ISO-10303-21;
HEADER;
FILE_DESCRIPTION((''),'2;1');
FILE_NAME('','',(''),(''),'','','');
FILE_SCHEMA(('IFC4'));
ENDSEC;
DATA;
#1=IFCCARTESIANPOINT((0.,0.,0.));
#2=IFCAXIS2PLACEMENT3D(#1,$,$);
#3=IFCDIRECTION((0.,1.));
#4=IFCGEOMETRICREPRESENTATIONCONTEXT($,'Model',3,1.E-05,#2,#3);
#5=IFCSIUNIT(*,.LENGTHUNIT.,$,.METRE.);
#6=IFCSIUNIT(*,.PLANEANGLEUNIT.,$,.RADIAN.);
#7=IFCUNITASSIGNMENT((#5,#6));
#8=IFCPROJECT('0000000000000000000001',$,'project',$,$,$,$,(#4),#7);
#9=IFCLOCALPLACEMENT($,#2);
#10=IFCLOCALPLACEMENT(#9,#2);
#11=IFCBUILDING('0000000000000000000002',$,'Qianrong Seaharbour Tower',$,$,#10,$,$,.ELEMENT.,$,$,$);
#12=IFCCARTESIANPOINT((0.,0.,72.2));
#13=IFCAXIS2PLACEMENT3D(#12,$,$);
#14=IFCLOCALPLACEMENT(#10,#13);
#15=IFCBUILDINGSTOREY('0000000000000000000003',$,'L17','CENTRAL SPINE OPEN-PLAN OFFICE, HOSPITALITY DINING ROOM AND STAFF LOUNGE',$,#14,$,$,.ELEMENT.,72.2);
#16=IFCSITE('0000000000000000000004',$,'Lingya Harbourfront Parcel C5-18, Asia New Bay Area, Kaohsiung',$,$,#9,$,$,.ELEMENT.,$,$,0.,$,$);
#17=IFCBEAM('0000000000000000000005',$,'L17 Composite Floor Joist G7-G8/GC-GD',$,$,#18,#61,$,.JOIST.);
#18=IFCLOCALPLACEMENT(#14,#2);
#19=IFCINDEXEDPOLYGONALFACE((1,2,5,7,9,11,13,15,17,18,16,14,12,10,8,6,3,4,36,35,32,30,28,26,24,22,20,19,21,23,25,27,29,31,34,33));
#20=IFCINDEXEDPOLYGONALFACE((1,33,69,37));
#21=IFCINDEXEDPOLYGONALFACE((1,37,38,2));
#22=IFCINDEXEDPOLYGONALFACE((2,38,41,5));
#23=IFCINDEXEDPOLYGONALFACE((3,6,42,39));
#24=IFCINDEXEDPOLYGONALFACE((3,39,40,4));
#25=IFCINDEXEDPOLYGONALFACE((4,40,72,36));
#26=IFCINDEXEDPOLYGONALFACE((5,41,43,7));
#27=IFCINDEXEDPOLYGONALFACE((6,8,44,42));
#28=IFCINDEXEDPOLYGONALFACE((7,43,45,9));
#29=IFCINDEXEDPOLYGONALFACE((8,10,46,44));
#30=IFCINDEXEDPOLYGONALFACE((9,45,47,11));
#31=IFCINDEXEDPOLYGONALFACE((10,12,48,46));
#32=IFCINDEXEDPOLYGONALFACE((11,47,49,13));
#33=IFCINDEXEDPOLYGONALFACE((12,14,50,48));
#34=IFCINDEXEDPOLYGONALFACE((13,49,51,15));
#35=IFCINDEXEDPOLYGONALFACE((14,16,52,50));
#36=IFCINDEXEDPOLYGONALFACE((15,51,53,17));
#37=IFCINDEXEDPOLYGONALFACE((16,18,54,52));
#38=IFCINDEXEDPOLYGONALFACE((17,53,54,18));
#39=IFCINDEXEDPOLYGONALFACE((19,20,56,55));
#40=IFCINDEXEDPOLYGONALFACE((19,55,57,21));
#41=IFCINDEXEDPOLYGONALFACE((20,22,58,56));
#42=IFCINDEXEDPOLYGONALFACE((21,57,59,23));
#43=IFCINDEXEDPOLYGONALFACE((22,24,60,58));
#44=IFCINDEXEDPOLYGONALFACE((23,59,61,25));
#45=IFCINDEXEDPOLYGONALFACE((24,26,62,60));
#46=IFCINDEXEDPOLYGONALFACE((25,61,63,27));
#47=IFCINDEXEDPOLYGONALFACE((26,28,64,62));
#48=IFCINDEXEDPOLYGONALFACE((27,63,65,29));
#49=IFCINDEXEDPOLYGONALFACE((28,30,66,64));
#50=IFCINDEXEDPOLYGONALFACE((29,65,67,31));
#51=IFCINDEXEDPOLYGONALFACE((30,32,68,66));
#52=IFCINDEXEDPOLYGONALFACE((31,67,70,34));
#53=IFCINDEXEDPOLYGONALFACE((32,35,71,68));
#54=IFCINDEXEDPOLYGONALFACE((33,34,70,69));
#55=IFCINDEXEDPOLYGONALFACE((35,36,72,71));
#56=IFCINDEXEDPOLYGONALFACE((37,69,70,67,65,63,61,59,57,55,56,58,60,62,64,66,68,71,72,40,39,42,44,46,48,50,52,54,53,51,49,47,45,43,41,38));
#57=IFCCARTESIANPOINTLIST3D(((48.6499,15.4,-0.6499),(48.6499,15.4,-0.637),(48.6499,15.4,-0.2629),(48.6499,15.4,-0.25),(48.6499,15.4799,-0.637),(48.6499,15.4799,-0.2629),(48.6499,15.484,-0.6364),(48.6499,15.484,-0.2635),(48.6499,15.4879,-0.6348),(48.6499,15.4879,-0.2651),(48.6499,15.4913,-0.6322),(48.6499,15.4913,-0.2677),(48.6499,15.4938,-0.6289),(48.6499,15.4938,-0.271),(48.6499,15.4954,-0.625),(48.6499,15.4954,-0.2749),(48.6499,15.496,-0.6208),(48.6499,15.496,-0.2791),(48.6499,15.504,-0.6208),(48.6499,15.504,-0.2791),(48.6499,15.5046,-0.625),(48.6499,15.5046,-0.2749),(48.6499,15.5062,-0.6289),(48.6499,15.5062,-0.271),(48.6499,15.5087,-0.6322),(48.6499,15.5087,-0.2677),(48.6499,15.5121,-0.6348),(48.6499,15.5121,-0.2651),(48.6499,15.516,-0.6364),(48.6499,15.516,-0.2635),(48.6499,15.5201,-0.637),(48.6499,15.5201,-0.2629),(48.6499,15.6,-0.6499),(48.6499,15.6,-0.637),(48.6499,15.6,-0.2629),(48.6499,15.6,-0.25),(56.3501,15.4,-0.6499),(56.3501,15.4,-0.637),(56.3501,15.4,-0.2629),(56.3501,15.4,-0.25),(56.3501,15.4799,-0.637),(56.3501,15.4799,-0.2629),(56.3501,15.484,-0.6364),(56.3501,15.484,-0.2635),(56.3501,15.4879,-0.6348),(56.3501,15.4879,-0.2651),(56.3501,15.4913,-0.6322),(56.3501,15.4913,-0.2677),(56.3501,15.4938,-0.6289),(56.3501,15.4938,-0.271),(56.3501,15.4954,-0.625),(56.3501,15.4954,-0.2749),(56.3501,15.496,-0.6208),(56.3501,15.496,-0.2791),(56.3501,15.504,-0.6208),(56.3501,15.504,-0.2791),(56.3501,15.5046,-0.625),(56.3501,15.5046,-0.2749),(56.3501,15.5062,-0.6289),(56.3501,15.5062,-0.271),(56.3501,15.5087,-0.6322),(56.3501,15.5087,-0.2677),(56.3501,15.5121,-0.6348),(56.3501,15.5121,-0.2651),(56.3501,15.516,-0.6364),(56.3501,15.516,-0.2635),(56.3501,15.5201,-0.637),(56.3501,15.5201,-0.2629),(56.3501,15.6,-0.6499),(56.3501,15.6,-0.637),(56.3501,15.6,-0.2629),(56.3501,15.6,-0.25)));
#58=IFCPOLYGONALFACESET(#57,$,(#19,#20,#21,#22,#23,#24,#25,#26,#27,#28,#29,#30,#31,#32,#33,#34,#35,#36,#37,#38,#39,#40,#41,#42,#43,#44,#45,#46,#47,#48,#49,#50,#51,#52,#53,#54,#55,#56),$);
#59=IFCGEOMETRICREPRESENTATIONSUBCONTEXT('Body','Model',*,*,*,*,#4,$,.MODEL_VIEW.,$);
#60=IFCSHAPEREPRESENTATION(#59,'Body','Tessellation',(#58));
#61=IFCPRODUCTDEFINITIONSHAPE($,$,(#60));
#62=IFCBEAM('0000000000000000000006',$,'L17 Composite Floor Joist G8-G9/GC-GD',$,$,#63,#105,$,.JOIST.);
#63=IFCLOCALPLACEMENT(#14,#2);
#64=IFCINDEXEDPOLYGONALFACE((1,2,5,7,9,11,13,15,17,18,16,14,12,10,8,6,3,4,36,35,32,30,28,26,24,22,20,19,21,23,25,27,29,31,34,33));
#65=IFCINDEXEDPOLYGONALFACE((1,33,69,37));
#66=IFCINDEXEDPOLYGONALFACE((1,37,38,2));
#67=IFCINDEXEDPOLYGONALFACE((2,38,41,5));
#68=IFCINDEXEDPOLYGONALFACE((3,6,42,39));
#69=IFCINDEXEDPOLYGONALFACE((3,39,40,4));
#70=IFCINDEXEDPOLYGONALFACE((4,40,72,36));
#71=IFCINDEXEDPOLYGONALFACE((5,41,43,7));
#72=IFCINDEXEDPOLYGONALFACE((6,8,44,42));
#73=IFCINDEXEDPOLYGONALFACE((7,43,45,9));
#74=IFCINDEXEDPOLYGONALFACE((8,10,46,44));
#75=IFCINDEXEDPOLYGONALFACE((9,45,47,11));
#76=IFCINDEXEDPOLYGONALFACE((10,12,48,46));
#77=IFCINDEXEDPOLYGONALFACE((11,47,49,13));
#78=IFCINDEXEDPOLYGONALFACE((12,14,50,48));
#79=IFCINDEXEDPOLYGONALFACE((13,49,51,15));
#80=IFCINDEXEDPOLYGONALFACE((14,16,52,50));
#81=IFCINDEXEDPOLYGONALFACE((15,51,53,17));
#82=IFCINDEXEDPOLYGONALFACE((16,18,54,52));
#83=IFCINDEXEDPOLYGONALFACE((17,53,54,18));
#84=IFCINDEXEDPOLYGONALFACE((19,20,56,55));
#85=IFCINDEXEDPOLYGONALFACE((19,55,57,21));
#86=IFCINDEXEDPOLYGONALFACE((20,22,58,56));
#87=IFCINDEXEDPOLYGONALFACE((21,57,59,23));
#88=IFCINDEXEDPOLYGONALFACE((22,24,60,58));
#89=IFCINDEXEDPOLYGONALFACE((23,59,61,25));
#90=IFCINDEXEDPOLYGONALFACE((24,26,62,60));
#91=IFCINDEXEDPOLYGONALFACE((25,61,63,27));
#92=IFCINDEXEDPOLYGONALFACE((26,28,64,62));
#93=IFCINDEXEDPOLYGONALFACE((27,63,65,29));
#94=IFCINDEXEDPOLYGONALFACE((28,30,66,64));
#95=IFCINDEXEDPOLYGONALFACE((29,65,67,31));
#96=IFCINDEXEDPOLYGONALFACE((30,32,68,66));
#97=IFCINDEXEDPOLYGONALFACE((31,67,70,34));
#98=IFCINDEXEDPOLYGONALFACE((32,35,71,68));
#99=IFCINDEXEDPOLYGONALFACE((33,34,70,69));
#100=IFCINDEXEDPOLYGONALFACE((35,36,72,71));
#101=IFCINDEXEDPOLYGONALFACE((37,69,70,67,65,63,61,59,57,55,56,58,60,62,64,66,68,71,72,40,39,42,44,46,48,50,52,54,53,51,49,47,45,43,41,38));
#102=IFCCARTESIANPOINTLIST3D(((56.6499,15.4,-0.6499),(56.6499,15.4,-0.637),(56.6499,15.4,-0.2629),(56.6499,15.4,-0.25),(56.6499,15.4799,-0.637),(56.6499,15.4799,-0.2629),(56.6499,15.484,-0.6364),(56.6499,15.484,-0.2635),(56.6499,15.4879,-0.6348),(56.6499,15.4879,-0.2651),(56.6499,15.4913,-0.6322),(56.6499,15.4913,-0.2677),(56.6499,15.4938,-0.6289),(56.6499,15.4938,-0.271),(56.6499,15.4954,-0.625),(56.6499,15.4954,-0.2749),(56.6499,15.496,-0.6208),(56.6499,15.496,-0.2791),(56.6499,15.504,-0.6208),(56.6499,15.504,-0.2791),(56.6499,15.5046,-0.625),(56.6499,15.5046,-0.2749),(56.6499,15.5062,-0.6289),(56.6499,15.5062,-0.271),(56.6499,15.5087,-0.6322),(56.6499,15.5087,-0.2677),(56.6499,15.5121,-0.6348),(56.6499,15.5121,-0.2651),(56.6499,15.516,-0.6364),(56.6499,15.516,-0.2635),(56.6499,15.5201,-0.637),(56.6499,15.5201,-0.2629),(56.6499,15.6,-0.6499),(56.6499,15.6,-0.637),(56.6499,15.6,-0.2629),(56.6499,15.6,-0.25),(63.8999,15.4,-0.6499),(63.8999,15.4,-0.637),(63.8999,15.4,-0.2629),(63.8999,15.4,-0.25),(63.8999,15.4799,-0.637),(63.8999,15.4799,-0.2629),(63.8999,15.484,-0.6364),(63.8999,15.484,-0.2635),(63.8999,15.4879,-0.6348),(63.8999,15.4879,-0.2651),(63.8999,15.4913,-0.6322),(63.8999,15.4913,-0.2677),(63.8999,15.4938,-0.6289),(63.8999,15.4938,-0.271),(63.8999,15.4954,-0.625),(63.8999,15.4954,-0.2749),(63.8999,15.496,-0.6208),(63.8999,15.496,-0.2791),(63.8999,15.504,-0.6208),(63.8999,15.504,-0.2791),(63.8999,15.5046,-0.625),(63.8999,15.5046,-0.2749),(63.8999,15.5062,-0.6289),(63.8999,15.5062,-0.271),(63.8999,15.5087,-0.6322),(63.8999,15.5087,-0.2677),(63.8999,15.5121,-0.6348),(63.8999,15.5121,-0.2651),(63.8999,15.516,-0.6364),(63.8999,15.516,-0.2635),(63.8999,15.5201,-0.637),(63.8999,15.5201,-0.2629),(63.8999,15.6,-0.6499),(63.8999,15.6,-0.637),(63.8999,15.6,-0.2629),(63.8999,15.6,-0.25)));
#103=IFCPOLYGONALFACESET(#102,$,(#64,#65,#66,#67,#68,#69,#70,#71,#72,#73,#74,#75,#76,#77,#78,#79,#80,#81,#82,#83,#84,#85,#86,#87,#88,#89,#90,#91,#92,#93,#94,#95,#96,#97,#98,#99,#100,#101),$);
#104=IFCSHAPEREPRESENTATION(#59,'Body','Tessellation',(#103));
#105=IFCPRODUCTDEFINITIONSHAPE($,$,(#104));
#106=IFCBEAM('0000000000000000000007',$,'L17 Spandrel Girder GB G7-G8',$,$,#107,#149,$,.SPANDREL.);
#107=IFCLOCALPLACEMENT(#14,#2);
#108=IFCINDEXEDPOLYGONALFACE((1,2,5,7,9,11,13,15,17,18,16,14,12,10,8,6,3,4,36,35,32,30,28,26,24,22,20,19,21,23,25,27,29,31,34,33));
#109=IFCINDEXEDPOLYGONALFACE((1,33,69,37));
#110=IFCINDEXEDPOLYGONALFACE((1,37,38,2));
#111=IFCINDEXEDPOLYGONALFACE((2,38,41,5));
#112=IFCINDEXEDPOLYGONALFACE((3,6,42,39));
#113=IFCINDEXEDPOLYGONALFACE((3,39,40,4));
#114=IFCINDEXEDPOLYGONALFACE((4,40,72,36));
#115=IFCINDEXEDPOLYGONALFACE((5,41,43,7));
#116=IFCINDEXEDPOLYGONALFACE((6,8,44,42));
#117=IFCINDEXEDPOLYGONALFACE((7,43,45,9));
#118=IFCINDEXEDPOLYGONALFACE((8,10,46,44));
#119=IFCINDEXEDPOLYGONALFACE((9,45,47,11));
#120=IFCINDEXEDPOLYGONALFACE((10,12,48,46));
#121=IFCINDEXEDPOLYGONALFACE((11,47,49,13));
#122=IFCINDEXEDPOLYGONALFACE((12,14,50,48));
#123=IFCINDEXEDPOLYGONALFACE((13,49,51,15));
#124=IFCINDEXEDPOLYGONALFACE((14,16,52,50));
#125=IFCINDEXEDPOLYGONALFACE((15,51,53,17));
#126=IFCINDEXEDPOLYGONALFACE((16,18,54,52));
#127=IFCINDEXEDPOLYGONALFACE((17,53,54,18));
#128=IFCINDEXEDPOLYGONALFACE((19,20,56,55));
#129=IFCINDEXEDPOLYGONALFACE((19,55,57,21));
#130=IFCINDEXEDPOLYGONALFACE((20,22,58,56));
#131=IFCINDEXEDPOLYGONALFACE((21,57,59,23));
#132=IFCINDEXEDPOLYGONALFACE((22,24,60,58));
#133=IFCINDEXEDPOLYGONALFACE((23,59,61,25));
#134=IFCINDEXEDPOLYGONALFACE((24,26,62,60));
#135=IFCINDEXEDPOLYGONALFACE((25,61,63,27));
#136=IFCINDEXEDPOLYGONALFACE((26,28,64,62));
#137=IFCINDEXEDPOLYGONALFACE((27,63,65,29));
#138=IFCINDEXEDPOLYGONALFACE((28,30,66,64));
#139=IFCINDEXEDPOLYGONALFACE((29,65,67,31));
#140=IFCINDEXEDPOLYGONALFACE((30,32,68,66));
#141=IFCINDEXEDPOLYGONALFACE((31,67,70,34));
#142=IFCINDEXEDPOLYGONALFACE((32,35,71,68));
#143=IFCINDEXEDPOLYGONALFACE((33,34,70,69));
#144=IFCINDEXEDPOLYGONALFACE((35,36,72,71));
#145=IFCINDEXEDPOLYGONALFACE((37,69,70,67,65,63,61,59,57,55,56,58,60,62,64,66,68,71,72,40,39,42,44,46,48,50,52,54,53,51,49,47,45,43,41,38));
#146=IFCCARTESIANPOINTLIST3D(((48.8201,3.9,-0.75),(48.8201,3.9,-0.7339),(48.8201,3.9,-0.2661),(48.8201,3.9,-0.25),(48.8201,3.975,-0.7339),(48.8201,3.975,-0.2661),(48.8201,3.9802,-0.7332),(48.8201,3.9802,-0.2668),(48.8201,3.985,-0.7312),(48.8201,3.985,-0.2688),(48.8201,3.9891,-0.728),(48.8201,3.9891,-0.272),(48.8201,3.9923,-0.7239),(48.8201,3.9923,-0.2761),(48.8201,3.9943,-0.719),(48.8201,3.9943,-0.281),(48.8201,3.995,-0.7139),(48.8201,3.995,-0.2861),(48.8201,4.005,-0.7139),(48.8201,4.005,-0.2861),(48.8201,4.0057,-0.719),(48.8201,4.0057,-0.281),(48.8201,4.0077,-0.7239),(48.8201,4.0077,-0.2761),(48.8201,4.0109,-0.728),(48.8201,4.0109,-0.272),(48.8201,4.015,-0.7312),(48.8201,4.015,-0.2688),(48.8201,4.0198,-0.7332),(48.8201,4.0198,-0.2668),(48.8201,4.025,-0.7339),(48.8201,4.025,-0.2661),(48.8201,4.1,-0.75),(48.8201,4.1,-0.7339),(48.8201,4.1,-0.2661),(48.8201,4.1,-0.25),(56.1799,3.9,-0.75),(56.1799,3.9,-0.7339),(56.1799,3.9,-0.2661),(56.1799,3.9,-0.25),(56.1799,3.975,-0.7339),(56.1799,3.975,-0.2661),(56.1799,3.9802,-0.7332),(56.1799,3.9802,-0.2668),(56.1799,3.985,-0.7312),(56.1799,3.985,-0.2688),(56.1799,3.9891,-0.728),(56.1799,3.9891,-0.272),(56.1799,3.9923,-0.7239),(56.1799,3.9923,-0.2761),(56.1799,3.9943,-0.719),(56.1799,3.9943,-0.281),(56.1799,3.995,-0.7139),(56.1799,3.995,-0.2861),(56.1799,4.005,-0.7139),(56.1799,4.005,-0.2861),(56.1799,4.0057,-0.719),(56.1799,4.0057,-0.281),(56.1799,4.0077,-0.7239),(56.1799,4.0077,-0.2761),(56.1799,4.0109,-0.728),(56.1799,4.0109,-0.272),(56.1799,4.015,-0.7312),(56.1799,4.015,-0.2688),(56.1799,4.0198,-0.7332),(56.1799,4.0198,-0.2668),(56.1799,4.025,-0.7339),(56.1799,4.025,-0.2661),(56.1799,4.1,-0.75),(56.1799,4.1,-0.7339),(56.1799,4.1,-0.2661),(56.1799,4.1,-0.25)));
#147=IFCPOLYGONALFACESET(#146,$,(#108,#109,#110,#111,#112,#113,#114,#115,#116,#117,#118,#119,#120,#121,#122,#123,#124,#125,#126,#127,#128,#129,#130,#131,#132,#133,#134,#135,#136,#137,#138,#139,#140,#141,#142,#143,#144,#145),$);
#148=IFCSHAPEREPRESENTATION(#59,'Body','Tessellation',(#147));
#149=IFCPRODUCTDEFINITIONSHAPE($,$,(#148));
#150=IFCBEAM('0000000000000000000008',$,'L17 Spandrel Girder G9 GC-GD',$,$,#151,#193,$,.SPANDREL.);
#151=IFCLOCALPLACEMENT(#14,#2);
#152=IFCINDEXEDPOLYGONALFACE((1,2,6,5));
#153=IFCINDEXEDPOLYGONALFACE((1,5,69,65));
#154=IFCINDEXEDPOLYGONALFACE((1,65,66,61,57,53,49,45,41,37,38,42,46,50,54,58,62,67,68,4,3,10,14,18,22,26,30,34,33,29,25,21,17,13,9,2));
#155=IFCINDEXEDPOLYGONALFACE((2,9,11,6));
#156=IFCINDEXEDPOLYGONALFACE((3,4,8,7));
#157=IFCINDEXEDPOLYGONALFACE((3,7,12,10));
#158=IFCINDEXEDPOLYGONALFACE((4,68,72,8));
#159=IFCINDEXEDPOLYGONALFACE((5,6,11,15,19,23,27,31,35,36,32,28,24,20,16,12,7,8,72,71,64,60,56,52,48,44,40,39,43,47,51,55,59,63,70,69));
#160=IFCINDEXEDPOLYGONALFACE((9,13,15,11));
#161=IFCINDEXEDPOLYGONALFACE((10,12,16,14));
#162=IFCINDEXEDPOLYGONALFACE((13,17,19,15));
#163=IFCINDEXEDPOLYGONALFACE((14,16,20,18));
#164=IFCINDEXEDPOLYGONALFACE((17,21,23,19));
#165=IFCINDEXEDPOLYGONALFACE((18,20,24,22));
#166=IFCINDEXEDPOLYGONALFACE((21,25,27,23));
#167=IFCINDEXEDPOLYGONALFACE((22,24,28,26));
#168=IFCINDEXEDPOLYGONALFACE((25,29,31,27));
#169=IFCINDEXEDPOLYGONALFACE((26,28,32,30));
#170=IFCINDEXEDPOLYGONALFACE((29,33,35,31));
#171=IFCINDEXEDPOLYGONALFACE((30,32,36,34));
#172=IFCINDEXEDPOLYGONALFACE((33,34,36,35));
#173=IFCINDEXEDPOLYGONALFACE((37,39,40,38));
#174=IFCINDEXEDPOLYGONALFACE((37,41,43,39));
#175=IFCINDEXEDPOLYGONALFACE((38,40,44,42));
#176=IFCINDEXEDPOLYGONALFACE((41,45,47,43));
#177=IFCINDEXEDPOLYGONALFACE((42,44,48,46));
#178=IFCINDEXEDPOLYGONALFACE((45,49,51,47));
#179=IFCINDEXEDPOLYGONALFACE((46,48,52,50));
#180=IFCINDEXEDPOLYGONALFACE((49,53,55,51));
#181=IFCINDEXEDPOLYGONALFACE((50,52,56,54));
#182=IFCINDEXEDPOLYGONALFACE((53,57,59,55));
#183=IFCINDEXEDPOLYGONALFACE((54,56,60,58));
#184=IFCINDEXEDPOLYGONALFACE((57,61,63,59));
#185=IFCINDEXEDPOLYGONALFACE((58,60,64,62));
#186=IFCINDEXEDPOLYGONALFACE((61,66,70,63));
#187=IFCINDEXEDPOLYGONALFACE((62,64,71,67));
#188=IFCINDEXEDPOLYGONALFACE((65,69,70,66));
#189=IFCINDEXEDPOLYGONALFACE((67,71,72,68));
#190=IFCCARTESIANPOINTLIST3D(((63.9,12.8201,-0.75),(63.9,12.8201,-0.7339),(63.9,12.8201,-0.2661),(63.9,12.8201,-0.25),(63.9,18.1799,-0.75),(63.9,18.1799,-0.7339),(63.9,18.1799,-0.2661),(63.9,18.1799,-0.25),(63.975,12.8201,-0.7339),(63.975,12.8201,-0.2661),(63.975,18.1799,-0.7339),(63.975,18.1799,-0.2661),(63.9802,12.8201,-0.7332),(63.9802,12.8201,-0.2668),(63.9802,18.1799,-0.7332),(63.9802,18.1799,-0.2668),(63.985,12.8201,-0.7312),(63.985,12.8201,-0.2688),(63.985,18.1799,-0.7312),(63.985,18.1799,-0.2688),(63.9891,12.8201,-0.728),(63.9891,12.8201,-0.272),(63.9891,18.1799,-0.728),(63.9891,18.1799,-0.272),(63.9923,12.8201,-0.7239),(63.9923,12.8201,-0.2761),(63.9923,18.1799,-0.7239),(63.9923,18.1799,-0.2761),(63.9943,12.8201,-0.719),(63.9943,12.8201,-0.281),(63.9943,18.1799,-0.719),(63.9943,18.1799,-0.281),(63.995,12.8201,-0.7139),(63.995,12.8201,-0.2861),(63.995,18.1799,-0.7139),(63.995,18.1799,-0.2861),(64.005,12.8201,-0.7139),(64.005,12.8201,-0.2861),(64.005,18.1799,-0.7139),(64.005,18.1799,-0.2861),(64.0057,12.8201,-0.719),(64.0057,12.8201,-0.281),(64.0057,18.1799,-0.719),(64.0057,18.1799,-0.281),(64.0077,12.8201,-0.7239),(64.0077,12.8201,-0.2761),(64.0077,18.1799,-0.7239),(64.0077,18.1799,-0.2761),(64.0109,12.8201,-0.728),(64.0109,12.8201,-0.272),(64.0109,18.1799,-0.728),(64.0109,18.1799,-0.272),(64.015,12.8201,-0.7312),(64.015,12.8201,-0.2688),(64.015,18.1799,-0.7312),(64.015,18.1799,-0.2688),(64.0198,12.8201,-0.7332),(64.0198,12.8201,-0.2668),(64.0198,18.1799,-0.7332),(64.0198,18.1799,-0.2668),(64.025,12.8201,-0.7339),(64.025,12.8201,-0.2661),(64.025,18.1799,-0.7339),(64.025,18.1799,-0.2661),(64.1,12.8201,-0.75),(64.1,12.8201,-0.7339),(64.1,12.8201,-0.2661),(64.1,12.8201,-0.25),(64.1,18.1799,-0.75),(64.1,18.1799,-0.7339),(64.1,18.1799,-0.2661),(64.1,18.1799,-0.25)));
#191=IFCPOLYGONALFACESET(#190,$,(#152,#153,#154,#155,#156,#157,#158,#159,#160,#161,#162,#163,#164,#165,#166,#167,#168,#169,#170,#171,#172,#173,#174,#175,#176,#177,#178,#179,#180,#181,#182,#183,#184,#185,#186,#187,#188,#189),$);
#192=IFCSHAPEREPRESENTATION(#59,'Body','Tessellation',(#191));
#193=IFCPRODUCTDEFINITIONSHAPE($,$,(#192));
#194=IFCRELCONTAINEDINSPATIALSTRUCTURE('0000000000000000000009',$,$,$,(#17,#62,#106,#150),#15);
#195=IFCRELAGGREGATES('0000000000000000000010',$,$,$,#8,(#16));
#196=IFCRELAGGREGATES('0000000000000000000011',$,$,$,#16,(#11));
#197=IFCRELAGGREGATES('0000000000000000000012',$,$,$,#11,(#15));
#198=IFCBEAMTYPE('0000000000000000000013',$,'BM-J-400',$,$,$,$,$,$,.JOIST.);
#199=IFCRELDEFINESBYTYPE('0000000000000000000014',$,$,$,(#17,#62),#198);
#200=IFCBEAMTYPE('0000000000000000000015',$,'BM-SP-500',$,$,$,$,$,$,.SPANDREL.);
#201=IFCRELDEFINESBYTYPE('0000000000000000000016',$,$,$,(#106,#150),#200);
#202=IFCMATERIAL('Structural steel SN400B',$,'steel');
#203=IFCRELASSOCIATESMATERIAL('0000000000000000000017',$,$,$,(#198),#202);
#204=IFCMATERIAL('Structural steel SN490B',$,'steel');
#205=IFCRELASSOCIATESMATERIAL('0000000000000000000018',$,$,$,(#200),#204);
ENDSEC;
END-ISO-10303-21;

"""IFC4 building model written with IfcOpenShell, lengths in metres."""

from ifc_helpers import new_model, si_unit, direction, frame, origin, origin_2d, place, context, subcontext, project, spatial, i_section, extrude, material, material_profile, profile_set, type_object, element, save


model = new_model("IFC4")

# Units and contexts
model_context = context("Model", 3, precision=1e-05, world=origin(), true_north=direction((0.0, 1.0)))
body_context = subcontext(model_context, "Body", "Model", "MODEL_VIEW")
ifc_project = project(units=[si_unit("LENGTHUNIT", "METRE"), si_unit("PLANEANGLEUNIT", "RADIAN")], contexts=[model_context])

# Site, building, storey
site_placement = place(None, origin())
site = spatial("IfcSite", under=ifc_project, at=site_placement, Name="Lingya Harbourfront Parcel C5-18, Asia New Bay Area, Kaohsiung", CompositionType="ELEMENT", RefElevation=0.0)
building_placement = place(site_placement, origin())
building = spatial("IfcBuilding", under=site, at=building_placement, Name="Qianrong Seaharbour Tower", CompositionType="ELEMENT")
storey_placement = place(building_placement, frame((0.0, 0.0, 72.2)))
storey = spatial("IfcBuildingStorey", under=building, at=storey_placement, Name="L17", Description="CENTRAL SPINE OPEN-PLAN OFFICE, HOSPITALITY DINING ROOM AND STAFF LOUNGE", CompositionType="ELEMENT", Elevation=72.2)

# Shared definitions
ifc_material_1 = material(Name="Structural steel SN490B", Category="steel")

# Beams
ifc_material_2 = material(Name="Structural steel SN400B", Category="steel")
ifc_material_profile_1 = material_profile(ifc_material_2, i_section(OverallWidth=0.2, OverallDepth=0.3999, WebThickness=0.0081, FlangeThickness=0.0129, FilletRadius=0.0161, at=origin_2d()), Name="H400x200x8x13")
ifc_profile_set_1 = profile_set([ifc_material_profile_1], Name="Structural steel SN400B")
beam_type_1 = type_object("IfcBeamType", Name="BM-J-400", PredefinedType="JOIST", material=ifc_profile_set_1)
for number, where, z_axis, x_axis, name in (
    (1, (48.6499, 15.5, -0.45), (1.0, 0.0, 0.0), (0.0, 1.0, 0.0), "L17 Composite Floor Joist G7-G8/GC-GD"),
):
    element("IfcBeam", number, at=place(storey_placement, frame(where, z_axis=z_axis, x_axis=x_axis)), inside=storey, type_object=beam_type_1, Name=name, PredefinedType="JOIST", context=body_context, shape_type="SweptSolid", body=[
        extrude(i_section(OverallWidth=0.2, OverallDepth=0.3999, WebThickness=0.0081, FlangeThickness=0.0129, FilletRadius=0.0161, at=origin_2d()), origin(), (0.0, 0.0, 1.0), 7.7002),
    ])
beam_1_placement = place(storey_placement, frame((56.6499, 15.5, -0.45), z_axis=(1.0, 0.0, 0.0), x_axis=(0.0, 1.0, 0.0)))
element("IfcBeam", 2, at=beam_1_placement, inside=storey, type_object=beam_type_1, Name="L17 Composite Floor Joist G8-G9/GC-GD", PredefinedType="JOIST", context=body_context, shape_type="SweptSolid", body=[
    extrude(i_section(OverallWidth=0.2, OverallDepth=0.3999, WebThickness=0.0081, FlangeThickness=0.0129, FilletRadius=0.0161, at=origin_2d()), origin(), (0.0, 0.0, 1.0), 7.25),
])
ifc_material_profile_2 = material_profile(ifc_material_1, i_section(OverallWidth=0.2, OverallDepth=0.5, WebThickness=0.01, FlangeThickness=0.0161, FilletRadius=0.02, at=origin_2d()), Name="H500x200x10x16")
ifc_profile_set_2 = profile_set([ifc_material_profile_2], Name="Structural steel SN490B")
beam_type_2 = type_object("IfcBeamType", Name="BM-SP-500", PredefinedType="SPANDREL", material=ifc_profile_set_2)
beam_2_placement = place(storey_placement, frame((48.8201, 4.0, -0.5), z_axis=(1.0, 0.0, 0.0), x_axis=(0.0, 1.0, 0.0)))
element("IfcBeam", 3, at=beam_2_placement, inside=storey, type_object=beam_type_2, Name="L17 Spandrel Girder GB G7-G8", PredefinedType="SPANDREL", context=body_context, shape_type="SweptSolid", body=[
    extrude(i_section(OverallWidth=0.2, OverallDepth=0.5, WebThickness=0.01, FlangeThickness=0.0161, FilletRadius=0.02, at=origin_2d()), origin(), (0.0, 0.0, 1.0), 7.3599),
])
beam_3_placement = place(storey_placement, frame((64.0, 12.8201, -0.5), z_axis=(0.0, 1.0, 0.0), x_axis=(-1.0, 0.0, 0.0)))
element("IfcBeam", 4, at=beam_3_placement, inside=storey, type_object=beam_type_2, Name="L17 Spandrel Girder G9 GC-GD", PredefinedType="SPANDREL", context=body_context, shape_type="SweptSolid", body=[
    extrude(i_section(OverallWidth=0.2, OverallDepth=0.5, WebThickness=0.01, FlangeThickness=0.0161, FilletRadius=0.02, at=origin_2d()), origin(), (0.0, 0.0, 1.0), 5.3599),
])

save(model, "model.ifc")
